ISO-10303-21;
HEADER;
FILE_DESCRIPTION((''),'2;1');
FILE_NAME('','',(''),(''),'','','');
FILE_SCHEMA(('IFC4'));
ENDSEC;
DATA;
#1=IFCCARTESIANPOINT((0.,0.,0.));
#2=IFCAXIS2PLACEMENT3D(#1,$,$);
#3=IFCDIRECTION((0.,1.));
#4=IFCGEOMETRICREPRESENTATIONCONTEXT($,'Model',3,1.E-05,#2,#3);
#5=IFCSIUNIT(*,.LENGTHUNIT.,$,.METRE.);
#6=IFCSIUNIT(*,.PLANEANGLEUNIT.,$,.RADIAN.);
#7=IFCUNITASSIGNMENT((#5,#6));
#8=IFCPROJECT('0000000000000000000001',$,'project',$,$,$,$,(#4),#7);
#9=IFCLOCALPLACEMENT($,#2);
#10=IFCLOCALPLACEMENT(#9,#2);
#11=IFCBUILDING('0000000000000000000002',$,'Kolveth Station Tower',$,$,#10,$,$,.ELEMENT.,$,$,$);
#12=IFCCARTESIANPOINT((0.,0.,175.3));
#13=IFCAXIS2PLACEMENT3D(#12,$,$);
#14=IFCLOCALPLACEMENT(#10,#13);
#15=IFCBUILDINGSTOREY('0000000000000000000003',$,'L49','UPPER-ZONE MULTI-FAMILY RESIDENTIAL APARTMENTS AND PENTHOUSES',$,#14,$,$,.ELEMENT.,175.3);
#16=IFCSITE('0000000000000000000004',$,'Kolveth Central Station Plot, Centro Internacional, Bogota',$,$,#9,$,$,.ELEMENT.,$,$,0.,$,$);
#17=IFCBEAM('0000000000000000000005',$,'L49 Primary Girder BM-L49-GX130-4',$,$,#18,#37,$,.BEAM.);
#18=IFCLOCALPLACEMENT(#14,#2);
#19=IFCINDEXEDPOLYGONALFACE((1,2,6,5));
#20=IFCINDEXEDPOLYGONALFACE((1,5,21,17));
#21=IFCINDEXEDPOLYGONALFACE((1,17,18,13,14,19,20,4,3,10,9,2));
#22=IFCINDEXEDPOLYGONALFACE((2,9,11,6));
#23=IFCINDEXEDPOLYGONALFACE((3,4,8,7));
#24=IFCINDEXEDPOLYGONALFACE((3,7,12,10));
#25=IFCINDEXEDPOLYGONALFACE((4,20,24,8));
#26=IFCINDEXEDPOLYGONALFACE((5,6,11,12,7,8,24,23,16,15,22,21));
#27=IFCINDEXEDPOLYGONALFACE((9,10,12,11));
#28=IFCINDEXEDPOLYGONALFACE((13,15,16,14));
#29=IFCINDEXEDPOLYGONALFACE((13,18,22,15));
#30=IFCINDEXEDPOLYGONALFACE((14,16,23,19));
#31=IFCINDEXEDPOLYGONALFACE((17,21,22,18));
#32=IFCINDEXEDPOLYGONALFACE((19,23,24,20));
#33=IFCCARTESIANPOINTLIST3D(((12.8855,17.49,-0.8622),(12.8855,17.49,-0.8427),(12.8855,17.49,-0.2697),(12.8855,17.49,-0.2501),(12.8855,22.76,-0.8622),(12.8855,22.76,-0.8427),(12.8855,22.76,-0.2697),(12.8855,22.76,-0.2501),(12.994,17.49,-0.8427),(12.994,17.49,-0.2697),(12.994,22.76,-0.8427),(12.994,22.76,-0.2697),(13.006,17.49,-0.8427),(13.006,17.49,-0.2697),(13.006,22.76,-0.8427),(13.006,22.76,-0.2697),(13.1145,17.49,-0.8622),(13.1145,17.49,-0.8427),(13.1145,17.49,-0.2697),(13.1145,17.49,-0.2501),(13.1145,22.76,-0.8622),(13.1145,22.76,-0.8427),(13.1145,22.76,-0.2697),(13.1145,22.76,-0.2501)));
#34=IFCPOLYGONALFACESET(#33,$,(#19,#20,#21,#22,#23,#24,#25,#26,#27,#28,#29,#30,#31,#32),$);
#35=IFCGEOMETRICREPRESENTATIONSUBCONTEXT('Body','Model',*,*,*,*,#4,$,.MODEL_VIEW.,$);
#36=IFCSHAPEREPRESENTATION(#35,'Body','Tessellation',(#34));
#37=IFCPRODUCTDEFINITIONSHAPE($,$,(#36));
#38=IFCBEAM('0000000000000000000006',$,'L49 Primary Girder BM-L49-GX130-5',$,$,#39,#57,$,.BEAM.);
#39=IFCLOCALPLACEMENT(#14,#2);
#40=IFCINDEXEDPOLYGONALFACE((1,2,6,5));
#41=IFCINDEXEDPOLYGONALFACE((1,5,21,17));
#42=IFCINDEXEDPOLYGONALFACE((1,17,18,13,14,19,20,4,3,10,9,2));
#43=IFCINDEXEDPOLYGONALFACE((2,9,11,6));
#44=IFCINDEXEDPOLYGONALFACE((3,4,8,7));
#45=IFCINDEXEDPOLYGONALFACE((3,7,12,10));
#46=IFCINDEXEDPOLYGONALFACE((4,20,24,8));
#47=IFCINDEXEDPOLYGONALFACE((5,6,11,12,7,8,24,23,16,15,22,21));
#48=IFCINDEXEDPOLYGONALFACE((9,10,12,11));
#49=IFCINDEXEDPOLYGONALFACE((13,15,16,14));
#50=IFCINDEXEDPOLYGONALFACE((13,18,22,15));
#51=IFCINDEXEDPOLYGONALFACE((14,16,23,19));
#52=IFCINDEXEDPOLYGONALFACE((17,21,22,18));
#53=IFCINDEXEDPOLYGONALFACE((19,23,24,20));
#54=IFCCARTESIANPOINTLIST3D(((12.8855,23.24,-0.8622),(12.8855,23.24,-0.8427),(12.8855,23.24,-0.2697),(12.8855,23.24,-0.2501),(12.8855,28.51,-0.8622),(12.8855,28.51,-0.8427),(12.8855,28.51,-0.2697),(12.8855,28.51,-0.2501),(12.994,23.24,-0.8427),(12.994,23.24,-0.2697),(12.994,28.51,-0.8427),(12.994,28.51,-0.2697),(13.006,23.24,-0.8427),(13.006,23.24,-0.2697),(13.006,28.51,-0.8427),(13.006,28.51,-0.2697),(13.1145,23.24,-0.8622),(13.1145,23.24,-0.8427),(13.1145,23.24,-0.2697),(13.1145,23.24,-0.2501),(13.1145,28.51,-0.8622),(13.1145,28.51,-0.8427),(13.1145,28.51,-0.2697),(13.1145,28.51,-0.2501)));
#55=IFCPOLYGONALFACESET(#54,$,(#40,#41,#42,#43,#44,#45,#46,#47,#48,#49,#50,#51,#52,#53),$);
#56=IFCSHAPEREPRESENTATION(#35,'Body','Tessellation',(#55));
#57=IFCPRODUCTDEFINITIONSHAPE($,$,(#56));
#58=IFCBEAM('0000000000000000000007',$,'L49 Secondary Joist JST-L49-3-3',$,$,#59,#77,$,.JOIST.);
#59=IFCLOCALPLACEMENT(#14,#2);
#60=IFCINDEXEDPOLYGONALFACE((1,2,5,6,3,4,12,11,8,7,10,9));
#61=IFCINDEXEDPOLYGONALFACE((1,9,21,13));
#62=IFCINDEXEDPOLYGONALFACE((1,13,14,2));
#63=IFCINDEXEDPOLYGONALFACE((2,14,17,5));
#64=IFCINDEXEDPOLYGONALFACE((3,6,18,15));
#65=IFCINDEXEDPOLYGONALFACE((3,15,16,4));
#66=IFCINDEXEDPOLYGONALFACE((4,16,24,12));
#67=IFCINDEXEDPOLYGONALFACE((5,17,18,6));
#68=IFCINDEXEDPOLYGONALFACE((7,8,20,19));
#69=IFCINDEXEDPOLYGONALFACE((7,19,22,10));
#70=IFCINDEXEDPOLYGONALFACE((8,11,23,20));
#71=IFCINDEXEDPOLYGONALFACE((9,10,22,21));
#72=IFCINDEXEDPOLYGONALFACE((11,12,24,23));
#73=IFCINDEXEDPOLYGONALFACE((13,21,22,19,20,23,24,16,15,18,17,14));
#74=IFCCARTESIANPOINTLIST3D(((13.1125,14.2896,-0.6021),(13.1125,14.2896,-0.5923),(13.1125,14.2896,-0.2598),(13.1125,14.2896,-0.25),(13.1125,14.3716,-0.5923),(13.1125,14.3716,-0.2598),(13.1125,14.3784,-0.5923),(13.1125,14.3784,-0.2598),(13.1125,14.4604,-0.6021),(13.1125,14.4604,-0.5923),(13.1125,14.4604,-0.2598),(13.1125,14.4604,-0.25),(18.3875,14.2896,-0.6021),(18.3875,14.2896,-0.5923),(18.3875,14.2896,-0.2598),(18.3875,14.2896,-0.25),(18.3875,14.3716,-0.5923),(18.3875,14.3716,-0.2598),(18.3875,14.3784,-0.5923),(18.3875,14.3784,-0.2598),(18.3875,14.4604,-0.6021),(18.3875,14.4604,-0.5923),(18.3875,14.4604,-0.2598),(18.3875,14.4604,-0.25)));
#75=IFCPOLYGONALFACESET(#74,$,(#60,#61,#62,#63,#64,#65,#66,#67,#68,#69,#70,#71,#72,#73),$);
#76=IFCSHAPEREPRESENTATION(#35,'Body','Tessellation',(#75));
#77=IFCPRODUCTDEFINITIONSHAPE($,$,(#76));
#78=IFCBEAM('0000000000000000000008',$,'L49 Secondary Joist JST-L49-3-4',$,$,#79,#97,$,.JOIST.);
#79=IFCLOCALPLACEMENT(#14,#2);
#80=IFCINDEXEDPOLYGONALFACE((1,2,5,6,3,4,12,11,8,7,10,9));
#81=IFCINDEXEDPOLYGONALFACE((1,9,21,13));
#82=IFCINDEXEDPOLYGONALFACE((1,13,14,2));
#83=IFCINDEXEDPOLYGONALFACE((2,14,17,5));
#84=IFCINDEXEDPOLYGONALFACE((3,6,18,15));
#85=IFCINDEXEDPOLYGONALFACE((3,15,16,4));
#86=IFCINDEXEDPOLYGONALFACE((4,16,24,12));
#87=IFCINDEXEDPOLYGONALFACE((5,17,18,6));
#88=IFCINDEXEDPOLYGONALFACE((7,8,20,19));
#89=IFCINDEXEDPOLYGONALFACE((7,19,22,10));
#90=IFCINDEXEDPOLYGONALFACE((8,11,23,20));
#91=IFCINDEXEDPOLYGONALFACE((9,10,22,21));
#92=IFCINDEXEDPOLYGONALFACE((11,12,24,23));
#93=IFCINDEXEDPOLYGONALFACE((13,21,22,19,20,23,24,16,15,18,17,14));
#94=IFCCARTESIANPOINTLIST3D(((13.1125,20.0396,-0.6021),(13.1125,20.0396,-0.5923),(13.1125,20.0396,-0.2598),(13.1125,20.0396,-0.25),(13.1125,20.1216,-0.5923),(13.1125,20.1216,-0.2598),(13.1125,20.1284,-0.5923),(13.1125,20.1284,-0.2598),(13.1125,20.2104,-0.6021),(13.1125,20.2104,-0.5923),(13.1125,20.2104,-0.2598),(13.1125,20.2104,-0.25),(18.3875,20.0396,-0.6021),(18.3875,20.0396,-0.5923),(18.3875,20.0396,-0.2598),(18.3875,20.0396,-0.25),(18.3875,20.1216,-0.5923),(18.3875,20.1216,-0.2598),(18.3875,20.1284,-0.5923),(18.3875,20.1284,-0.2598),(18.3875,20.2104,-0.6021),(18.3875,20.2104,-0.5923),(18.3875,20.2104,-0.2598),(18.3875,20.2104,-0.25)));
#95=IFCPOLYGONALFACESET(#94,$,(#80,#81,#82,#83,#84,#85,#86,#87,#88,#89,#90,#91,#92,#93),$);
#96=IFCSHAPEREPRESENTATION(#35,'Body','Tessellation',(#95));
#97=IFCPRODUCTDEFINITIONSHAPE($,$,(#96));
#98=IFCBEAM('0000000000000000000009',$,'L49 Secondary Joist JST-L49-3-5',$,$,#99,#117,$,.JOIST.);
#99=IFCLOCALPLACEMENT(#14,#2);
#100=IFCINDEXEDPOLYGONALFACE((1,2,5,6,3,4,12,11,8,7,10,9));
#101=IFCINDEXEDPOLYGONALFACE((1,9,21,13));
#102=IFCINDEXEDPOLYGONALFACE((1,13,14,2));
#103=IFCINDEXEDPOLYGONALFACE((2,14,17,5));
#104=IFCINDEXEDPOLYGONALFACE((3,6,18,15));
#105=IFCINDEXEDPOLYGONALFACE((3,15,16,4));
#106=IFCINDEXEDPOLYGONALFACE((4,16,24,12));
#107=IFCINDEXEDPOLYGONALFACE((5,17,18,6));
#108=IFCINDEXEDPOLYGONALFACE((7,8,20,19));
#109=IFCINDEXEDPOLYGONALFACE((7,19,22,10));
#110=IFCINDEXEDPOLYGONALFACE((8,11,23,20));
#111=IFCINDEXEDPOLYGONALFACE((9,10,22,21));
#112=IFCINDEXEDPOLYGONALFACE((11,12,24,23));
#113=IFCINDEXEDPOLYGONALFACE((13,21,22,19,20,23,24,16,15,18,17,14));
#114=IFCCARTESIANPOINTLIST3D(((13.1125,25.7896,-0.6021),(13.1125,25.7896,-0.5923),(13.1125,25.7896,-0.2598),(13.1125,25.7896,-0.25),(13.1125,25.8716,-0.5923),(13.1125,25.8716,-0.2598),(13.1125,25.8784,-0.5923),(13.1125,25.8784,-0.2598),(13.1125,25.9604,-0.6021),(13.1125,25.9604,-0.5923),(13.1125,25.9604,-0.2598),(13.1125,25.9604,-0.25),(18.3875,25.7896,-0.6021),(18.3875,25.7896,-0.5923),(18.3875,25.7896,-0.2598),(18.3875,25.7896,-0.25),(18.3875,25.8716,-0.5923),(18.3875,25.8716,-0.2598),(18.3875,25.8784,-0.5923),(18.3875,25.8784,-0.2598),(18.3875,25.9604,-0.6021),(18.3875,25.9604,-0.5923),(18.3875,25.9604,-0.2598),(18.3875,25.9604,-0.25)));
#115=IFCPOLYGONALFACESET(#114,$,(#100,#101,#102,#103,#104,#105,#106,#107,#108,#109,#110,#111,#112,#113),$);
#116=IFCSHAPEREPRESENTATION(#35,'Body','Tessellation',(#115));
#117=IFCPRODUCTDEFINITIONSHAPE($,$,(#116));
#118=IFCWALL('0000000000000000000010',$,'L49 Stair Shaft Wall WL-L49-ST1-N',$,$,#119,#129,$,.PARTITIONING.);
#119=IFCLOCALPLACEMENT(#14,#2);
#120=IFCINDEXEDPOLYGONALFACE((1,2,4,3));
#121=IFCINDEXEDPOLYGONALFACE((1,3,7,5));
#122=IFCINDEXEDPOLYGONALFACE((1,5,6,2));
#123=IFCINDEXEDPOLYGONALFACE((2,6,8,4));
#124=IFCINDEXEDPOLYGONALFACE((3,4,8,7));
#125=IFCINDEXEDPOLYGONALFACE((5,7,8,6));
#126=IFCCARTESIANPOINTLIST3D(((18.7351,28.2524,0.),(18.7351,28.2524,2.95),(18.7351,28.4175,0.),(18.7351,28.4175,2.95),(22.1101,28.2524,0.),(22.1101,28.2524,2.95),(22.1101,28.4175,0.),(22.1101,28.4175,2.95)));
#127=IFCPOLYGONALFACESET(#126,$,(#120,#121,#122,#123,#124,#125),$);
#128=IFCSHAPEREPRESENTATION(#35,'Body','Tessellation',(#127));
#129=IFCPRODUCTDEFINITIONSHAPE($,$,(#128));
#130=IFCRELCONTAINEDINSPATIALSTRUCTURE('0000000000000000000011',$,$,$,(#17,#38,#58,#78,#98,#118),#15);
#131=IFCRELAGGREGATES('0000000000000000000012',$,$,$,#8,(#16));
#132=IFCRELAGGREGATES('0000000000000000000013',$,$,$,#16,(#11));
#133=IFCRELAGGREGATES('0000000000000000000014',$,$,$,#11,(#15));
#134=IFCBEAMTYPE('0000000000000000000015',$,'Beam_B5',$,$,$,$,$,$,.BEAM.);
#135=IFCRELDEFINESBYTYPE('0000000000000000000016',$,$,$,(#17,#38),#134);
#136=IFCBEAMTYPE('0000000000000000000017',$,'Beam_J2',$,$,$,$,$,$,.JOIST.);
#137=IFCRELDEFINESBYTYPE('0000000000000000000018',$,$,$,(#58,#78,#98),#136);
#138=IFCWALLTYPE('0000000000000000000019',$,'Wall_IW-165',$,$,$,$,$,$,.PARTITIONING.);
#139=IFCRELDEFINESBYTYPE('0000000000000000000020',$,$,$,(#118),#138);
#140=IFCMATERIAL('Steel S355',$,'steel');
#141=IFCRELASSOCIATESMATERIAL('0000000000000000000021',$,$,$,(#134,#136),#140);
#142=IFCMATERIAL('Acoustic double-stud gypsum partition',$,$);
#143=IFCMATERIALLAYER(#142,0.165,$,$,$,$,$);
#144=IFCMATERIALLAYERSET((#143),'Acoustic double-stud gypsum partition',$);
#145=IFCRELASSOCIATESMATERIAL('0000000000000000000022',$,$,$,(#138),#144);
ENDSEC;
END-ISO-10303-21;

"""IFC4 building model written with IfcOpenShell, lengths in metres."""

from ifc_helpers import new_model, si_unit, direction, frame, frame_2d, origin, origin_2d, place, context, subcontext, project, spatial, rectangle, i_section, extrude, source, transform, mapped, material, layer, layer_set, material_profile, profile_set, type_object, element, save


model = new_model("IFC4")

# Units and contexts
model_context = context("Model", 3, precision=1e-05, world=origin(), true_north=direction((0.0, 1.0)))
body_context = subcontext(model_context, "Body", "Model", "MODEL_VIEW")
ifc_project = project(units=[si_unit("LENGTHUNIT", "METRE"), si_unit("PLANEANGLEUNIT", "RADIAN")], contexts=[model_context])

# Site, building, storey
site_placement = place(None, origin())
site = spatial("IfcSite", under=ifc_project, at=site_placement, Name="Kolveth Central Station Plot, Centro Internacional, Bogota", CompositionType="ELEMENT", RefElevation=0.0)
building_placement = place(site_placement, origin())
building = spatial("IfcBuilding", under=site, at=building_placement, Name="Kolveth Station Tower", CompositionType="ELEMENT")
storey_placement = place(building_placement, frame((0.0, 0.0, 175.3)))
storey = spatial("IfcBuildingStorey", under=building, at=storey_placement, Name="L49", Description="UPPER-ZONE MULTI-FAMILY RESIDENTIAL APARTMENTS AND PENTHOUSES", CompositionType="ELEMENT", Elevation=175.3)

# Shared definitions
ifc_material_1 = material(Name="Steel S355", Category="steel")

# Beams
ifc_material_profile_1 = material_profile(ifc_material_1, i_section(OverallWidth=0.229, OverallDepth=0.6121, WebThickness=0.012, FlangeThickness=0.0195, at=origin_2d()), Name="W610x125")
ifc_profile_set_1 = profile_set([ifc_material_profile_1], Name="Steel S355")
beam_type_1 = type_object("IfcBeamType", Name="Beam_B5", PredefinedType="BEAM", material=ifc_profile_set_1)
shared_shape_1 = source(origin(), body_context, "Body", "SweptSolid", [
    extrude(i_section(OverallWidth=0.229, OverallDepth=0.6121, WebThickness=0.012, FlangeThickness=0.0195, at=origin_2d()), origin(), (0.0, 0.0, 1.0), 5.27),
])
for number, where, z_axis, x_axis, name in (
    (1, (13.0, 17.49, -0.5562), (0.0, 1.0, 0.0), (-1.0, 0.0, 0.0), "L49 Primary Girder BM-L49-GX130-4"),
    (2, (13.0, 23.24, -0.5562), (0.0, 1.0, 0.0), (-1.0, 0.0, 0.0), "L49 Primary Girder BM-L49-GX130-5"),
):
    element("IfcBeam", number, at=place(storey_placement, frame(where, z_axis=z_axis, x_axis=x_axis)), inside=storey, type_object=beam_type_1, Name=name, PredefinedType="BEAM", context=body_context, shape_type="MappedRepresentation", body=[
        mapped(shared_shape_1, transform((0.0, 0.0, 0.0), x_axis=(1.0, 0.0, 0.0), y_axis=(0.0, 1.0, 0.0), z_axis=(0.0, 0.0, 1.0), scale=1.0)),
    ])
ifc_material_profile_2 = material_profile(ifc_material_1, i_section(OverallWidth=0.1709, OverallDepth=0.3521, WebThickness=0.0068, FlangeThickness=0.0098, at=origin_2d()), Name="W360x44")
ifc_profile_set_2 = profile_set([ifc_material_profile_2], Name="Steel S355")
beam_type_2 = type_object("IfcBeamType", Name="Beam_J2", PredefinedType="JOIST", material=ifc_profile_set_2)
shared_shape_2 = source(origin(), body_context, "Body", "SweptSolid", [
    extrude(i_section(OverallWidth=0.1709, OverallDepth=0.3521, WebThickness=0.0068, FlangeThickness=0.0098, at=origin_2d()), origin(), (0.0, 0.0, 1.0), 5.2749),
])
for number, where, z_axis, x_axis, name in (
    (3, (13.1125, 14.375, -0.426), (1.0, 0.0, 0.0), (0.0, 1.0, 0.0), "L49 Secondary Joist JST-L49-3-3"),
    (4, (13.1125, 20.125, -0.426), (1.0, 0.0, 0.0), (0.0, 1.0, 0.0), "L49 Secondary Joist JST-L49-3-4"),
    (5, (13.1125, 25.875, -0.426), (1.0, 0.0, 0.0), (0.0, 1.0, 0.0), "L49 Secondary Joist JST-L49-3-5"),
):
    element("IfcBeam", number, at=place(storey_placement, frame(where, z_axis=z_axis, x_axis=x_axis)), inside=storey, type_object=beam_type_2, Name=name, PredefinedType="JOIST", context=body_context, shape_type="MappedRepresentation", body=[
        mapped(shared_shape_2, transform((0.0, 0.0, 0.0), x_axis=(1.0, 0.0, 0.0), y_axis=(0.0, 1.0, 0.0), z_axis=(0.0, 0.0, 1.0), scale=1.0)),
    ])

# Wall
ifc_material_2 = material(Name="Acoustic double-stud gypsum partition")
ifc_layer_1 = layer(ifc_material_2, 0.165)
ifc_layer_set_1 = layer_set([ifc_layer_1], Name="Acoustic double-stud gypsum partition")
wall_type_1 = type_object("IfcWallType", Name="Wall_IW-165", PredefinedType="PARTITIONING", material=ifc_layer_set_1)
wall_1_placement = place(storey_placement, frame((18.7351, 28.335, 0.0), z_axis=(0.0, 0.0, 1.0), x_axis=(1.0, 0.0, 0.0)))
element("IfcWall", 6, at=wall_1_placement, inside=storey, type_object=wall_type_1, Name="L49 Stair Shaft Wall WL-L49-ST1-N", PredefinedType="PARTITIONING", context=body_context, shape_type="SweptSolid", body=[
    extrude(rectangle(XDim=3.375, YDim=0.165, at=frame_2d((1.6875, 0.0))), origin(), (0.0, 0.0, 1.0), 2.95),
])

save(model, "model.ifc")
